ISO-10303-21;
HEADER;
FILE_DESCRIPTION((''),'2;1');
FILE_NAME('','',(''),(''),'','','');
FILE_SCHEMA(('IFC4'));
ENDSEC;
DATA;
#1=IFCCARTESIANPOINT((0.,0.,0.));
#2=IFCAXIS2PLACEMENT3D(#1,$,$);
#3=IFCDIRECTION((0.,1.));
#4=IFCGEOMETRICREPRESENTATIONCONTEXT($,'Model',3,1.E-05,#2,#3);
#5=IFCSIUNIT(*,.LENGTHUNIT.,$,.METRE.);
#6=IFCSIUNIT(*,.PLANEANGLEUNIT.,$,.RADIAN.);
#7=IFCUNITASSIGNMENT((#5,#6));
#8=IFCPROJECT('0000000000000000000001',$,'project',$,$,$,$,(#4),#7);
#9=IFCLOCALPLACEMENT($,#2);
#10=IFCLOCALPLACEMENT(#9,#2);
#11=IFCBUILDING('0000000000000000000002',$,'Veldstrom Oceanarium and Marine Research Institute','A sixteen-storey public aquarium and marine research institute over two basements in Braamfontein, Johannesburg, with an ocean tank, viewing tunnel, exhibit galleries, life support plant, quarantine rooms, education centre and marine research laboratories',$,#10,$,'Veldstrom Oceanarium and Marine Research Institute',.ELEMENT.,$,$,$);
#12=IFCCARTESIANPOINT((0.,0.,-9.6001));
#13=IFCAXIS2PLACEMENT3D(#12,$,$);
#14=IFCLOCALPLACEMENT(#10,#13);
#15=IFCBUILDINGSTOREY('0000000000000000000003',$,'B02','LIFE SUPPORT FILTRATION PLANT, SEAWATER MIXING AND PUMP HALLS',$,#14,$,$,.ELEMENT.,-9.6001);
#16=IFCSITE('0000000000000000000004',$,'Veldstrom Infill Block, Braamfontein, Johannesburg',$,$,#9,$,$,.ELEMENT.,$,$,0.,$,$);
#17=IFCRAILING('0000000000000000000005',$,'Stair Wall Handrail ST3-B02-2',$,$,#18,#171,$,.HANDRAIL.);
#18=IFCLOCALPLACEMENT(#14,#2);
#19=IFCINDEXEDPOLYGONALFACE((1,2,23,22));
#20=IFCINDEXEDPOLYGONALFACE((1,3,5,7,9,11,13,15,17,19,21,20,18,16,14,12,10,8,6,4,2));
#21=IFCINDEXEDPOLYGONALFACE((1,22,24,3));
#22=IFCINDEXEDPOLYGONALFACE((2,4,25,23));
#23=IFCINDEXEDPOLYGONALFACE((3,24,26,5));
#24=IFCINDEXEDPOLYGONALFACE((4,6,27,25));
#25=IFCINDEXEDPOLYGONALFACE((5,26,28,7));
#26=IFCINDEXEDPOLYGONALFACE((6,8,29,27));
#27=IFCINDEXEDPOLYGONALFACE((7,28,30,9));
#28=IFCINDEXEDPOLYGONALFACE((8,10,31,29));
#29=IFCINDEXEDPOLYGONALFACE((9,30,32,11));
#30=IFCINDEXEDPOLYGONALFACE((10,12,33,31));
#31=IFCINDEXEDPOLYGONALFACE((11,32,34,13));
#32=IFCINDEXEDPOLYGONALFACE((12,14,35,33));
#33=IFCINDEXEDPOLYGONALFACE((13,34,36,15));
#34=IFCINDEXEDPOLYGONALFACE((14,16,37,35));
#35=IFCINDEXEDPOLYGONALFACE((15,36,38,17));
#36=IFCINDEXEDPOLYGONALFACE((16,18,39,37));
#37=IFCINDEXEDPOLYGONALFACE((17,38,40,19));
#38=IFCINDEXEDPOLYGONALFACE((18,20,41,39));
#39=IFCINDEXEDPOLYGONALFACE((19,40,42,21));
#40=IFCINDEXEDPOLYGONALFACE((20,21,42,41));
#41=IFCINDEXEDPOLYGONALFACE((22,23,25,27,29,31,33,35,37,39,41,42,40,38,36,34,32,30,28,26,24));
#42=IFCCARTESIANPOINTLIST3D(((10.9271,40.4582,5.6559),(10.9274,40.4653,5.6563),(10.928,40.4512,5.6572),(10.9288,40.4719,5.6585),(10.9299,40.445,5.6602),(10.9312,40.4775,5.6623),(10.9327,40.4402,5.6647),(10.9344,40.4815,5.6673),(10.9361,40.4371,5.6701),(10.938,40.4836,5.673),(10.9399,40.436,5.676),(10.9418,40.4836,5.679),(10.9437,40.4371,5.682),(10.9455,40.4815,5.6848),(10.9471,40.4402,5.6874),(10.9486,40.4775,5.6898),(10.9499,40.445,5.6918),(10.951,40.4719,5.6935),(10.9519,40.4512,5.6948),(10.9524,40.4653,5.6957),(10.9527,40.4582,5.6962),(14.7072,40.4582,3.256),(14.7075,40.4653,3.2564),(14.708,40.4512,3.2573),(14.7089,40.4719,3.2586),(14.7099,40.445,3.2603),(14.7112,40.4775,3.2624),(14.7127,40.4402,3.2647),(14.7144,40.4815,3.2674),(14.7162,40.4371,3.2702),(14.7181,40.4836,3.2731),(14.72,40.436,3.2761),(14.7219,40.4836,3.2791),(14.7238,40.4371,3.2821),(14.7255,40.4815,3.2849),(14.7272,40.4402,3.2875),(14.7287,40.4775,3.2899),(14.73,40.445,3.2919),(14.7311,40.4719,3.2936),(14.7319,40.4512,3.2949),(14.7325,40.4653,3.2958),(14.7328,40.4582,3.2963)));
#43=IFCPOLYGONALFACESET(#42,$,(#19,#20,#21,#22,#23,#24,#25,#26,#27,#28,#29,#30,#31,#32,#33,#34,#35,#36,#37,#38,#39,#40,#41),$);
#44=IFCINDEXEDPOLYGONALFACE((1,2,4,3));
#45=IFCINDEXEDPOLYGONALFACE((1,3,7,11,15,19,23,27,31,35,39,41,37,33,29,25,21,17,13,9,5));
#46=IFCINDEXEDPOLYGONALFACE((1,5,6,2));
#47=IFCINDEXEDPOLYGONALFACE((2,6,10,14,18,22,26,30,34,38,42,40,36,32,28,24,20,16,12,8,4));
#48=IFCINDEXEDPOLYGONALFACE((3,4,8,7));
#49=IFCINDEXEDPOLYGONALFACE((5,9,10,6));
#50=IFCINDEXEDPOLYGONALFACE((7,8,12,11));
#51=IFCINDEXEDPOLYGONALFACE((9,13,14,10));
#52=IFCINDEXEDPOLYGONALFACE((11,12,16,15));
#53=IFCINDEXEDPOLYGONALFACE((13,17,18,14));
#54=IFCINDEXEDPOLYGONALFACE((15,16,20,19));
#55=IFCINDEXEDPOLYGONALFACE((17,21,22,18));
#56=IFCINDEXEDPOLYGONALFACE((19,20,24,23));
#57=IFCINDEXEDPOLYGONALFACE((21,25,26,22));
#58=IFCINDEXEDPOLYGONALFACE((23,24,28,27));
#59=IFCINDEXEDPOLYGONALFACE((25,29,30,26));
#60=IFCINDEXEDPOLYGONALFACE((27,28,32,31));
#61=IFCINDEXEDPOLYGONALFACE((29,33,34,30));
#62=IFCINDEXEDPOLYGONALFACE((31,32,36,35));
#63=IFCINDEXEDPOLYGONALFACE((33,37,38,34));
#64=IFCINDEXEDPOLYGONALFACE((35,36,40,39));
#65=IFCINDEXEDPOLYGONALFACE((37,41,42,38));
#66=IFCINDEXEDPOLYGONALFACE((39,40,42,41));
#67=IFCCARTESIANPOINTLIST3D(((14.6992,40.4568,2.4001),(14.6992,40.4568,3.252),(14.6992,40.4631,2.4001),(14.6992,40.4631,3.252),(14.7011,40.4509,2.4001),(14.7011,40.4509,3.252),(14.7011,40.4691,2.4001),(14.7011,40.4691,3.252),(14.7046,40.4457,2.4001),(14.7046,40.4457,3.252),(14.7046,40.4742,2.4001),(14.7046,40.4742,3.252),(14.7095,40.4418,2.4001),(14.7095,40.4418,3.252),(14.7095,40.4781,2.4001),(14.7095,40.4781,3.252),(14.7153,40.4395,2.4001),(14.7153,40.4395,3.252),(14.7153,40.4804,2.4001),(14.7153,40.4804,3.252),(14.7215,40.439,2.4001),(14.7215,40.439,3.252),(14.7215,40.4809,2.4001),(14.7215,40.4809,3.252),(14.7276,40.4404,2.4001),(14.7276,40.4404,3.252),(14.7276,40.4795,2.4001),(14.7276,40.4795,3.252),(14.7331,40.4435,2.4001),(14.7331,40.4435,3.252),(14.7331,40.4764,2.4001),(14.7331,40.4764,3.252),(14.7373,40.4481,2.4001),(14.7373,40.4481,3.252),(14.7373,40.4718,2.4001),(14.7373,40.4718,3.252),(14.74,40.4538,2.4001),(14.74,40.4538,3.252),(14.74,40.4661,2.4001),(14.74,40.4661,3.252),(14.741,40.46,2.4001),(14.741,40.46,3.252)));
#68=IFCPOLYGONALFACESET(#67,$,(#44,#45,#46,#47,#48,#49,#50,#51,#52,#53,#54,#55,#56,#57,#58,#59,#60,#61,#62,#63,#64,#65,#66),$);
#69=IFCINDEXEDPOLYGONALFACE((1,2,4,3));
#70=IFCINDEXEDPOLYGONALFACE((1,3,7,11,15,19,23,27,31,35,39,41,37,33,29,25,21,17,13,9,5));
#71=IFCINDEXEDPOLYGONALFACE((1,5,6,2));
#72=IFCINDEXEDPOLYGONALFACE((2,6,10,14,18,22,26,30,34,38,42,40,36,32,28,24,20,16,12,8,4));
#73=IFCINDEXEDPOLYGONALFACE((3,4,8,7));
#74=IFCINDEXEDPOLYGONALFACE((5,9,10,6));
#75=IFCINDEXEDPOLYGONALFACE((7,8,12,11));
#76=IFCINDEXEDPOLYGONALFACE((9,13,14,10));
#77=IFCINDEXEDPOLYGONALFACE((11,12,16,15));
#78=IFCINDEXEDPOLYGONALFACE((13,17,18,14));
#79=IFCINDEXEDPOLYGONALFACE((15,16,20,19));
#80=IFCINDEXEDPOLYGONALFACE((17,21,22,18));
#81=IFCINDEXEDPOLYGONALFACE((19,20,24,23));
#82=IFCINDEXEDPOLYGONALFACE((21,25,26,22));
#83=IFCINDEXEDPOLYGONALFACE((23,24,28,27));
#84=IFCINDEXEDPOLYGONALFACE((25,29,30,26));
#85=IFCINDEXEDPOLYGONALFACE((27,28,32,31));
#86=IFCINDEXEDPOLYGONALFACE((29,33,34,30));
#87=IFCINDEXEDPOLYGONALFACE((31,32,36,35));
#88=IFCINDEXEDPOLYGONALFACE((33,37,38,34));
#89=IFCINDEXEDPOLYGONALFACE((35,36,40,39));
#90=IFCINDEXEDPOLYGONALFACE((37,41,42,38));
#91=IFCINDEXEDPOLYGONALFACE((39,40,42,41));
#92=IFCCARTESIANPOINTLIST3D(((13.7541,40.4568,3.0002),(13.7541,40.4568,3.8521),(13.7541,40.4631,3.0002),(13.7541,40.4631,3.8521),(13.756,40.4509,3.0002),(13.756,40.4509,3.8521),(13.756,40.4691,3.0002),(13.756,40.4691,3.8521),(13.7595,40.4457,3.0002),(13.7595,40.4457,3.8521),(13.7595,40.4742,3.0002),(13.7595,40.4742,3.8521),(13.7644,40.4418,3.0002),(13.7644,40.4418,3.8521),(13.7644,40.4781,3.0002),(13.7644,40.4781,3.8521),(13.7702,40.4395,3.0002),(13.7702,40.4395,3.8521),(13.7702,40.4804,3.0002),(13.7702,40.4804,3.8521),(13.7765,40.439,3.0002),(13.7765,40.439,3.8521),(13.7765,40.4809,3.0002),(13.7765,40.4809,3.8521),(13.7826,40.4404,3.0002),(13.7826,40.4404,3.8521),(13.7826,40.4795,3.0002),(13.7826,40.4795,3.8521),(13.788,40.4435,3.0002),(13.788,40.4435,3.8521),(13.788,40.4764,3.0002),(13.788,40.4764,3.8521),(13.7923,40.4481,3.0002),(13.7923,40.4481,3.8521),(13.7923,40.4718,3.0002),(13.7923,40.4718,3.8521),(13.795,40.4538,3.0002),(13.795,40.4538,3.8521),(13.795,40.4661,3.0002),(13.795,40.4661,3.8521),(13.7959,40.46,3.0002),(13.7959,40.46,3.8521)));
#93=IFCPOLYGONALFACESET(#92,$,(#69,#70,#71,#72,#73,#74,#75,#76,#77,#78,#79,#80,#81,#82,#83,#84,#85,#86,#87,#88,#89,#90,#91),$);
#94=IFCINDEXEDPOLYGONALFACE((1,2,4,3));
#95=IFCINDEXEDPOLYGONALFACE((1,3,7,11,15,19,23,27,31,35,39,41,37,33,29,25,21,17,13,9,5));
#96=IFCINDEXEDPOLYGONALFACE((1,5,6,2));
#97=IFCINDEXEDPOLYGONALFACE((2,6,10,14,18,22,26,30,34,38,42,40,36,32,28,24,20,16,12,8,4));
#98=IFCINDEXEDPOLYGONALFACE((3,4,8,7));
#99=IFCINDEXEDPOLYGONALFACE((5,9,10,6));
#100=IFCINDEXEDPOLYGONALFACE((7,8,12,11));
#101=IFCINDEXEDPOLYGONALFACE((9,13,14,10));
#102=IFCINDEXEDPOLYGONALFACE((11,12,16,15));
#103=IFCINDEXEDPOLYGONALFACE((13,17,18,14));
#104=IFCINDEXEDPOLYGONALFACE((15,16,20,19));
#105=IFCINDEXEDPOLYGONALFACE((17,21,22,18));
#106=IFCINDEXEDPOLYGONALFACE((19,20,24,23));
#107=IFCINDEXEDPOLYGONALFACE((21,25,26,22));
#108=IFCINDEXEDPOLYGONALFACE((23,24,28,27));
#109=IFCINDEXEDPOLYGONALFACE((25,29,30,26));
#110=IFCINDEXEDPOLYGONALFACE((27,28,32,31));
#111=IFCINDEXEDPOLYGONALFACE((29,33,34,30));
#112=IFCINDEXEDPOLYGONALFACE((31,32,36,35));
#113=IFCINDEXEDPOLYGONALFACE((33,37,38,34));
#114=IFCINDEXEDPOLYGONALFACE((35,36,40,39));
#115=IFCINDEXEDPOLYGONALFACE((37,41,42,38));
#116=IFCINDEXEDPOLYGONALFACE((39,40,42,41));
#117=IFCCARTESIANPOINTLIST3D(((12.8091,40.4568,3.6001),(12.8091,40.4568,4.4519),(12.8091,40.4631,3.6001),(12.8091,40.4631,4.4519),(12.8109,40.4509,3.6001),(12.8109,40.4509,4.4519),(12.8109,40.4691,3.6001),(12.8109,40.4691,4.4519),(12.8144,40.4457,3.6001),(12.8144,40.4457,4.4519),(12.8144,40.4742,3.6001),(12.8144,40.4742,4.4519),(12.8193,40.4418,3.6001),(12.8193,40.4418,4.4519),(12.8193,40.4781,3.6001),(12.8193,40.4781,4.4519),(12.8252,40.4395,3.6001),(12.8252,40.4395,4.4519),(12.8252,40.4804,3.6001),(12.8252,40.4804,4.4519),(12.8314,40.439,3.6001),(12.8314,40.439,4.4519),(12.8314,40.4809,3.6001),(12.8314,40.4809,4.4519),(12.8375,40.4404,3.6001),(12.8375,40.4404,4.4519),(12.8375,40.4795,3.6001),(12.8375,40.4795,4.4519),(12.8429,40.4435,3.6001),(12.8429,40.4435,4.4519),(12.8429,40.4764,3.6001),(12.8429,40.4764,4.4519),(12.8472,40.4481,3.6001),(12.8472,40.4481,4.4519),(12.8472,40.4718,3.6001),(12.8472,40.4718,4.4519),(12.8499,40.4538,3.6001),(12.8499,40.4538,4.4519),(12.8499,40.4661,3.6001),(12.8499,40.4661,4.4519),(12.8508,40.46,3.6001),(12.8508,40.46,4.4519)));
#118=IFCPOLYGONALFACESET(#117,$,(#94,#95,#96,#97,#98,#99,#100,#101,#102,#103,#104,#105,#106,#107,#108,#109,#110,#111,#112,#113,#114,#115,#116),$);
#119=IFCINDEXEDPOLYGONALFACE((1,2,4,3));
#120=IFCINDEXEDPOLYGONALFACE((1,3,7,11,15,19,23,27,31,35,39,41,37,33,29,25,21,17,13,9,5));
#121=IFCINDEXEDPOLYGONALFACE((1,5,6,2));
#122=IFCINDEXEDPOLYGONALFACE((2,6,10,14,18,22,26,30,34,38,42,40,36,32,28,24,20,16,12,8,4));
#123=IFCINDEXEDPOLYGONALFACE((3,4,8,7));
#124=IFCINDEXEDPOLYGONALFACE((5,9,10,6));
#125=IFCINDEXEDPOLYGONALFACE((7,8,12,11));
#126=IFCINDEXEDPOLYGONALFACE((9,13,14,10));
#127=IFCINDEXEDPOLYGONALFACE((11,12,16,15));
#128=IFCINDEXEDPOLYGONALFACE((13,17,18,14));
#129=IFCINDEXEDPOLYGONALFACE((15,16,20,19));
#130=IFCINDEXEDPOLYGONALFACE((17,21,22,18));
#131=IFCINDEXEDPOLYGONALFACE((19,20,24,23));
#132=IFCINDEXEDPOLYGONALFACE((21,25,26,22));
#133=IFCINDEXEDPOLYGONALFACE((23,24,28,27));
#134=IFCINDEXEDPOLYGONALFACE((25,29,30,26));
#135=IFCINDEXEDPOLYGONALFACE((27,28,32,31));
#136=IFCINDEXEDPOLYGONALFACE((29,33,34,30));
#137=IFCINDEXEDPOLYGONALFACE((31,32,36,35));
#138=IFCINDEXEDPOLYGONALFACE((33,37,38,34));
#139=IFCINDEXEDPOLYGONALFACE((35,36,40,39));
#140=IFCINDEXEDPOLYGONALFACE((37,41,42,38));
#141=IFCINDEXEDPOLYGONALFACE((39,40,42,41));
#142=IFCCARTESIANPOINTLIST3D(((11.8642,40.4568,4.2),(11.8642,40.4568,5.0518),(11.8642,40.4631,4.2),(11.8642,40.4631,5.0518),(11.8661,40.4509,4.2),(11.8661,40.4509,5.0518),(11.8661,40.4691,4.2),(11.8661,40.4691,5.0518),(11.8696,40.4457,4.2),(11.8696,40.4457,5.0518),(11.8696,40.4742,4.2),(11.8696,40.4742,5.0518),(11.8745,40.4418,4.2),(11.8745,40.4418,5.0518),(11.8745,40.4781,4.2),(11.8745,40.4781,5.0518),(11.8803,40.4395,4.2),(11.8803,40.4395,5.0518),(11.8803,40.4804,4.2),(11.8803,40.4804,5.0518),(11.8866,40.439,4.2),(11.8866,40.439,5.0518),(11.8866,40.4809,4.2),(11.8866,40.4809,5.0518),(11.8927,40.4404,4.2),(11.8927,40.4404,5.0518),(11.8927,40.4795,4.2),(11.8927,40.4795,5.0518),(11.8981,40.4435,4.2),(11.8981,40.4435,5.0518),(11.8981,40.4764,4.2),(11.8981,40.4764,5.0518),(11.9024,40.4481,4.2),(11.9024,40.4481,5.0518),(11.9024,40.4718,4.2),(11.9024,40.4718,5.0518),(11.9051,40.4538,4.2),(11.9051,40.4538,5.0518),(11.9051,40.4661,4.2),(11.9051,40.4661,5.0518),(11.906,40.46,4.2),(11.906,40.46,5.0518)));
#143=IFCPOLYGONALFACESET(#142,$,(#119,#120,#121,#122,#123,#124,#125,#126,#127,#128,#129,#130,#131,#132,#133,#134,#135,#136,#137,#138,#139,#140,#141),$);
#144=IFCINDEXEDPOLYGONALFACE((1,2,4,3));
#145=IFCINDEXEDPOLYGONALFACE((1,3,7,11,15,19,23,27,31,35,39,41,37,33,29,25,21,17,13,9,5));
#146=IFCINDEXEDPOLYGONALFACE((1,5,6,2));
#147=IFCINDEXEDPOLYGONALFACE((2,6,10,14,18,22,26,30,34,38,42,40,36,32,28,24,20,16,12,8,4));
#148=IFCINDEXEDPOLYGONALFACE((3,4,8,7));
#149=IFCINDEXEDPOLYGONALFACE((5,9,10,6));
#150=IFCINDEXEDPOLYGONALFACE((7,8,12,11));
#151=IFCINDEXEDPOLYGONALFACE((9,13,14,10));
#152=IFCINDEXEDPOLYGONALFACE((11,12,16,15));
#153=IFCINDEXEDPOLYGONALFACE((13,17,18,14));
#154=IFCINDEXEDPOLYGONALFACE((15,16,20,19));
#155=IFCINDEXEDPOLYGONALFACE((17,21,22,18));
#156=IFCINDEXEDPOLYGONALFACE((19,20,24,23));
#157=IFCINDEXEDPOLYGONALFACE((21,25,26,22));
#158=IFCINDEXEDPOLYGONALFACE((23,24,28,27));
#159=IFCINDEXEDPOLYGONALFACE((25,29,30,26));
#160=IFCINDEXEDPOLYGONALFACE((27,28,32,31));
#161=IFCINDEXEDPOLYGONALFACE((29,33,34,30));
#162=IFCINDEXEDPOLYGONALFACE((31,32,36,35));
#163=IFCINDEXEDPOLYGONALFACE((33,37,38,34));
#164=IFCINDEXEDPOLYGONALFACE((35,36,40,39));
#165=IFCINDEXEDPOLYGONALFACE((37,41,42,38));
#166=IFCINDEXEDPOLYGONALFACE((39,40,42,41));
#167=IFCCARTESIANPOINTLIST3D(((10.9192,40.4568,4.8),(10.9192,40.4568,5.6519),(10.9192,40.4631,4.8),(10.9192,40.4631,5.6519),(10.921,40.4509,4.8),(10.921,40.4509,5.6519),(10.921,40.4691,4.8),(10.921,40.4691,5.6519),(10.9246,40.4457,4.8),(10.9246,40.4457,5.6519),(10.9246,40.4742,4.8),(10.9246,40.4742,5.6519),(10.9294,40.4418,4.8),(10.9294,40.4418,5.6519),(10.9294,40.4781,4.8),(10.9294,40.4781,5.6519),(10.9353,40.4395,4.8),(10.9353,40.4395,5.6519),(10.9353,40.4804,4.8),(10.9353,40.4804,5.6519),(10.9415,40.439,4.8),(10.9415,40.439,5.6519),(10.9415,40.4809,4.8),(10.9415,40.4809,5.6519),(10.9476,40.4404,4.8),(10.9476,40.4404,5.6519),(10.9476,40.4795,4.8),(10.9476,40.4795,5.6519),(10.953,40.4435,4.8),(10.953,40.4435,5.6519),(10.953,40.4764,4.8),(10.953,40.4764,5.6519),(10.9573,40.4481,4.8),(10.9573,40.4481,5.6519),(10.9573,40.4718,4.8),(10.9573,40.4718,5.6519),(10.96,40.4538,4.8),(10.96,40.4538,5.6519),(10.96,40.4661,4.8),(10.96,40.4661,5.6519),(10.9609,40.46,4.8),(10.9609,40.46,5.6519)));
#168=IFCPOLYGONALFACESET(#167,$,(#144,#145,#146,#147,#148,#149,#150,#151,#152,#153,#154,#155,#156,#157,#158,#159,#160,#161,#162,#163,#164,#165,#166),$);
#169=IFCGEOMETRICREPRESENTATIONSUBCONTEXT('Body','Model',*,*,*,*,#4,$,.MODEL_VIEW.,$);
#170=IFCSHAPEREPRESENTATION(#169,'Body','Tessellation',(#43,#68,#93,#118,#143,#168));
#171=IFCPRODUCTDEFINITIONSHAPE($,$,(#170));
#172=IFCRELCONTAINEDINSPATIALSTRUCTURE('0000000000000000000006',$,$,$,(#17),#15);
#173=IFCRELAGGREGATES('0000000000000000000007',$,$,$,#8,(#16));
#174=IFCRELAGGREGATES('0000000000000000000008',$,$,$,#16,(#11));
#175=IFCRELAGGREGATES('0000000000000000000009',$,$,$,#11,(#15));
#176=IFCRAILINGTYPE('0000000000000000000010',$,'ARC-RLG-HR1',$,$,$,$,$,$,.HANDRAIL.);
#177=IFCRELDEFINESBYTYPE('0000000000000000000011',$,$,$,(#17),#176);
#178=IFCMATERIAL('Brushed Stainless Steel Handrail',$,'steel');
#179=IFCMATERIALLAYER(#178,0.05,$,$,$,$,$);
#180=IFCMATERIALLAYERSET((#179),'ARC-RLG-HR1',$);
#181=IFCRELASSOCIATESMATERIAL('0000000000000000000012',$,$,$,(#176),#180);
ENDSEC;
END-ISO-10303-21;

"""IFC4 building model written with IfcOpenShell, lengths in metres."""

from ifc_helpers import new_model, si_unit, direction, frame, origin, origin_2d, place, context, subcontext, project, spatial, circle, extrude, material, layer, layer_set, type_object, element, save


model = new_model("IFC4")

# Units and contexts
model_context = context("Model", 3, precision=1e-05, world=origin(), true_north=direction((0.0, 1.0)))
body_context = subcontext(model_context, "Body", "Model", "MODEL_VIEW")
ifc_project = project(units=[si_unit("LENGTHUNIT", "METRE"), si_unit("PLANEANGLEUNIT", "RADIAN")], contexts=[model_context])

# Site, building, storey
site_placement = place(None, origin())
site = spatial("IfcSite", under=ifc_project, at=site_placement, Name="Veldstrom Infill Block, Braamfontein, Johannesburg", CompositionType="ELEMENT", RefElevation=0.0)
building_placement = place(site_placement, origin())
building = spatial("IfcBuilding", under=site, at=building_placement, Name="Veldstrom Oceanarium and Marine Research Institute", Description="A sixteen-storey public aquarium and marine research institute over two basements in Braamfontein, Johannesburg, with an ocean tank, viewing tunnel, exhibit galleries, life support plant, quarantine rooms, education centre and marine research laboratories", LongName="Veldstrom Oceanarium and Marine Research Institute", CompositionType="ELEMENT")
storey_placement = place(building_placement, frame((0.0, 0.0, -9.6001)))
storey = spatial("IfcBuildingStorey", under=building, at=storey_placement, Name="B02", Description="LIFE SUPPORT FILTRATION PLANT, SEAWATER MIXING AND PUMP HALLS", CompositionType="ELEMENT", Elevation=-9.6001)

# Railing
ifc_material_1 = material(Name="Brushed Stainless Steel Handrail", Category="steel")
ifc_layer_1 = layer(ifc_material_1, 0.05)
ifc_layer_set_1 = layer_set([ifc_layer_1], Name="ARC-RLG-HR1")
railing_type_1 = type_object("IfcRailingType", Name="ARC-RLG-HR1", PredefinedType="HANDRAIL", material=ifc_layer_set_1)
railing_1_placement = place(storey_placement, frame((14.72, 40.46, 2.4001)))
element("IfcRailing", 1, at=railing_1_placement, inside=storey, type_object=railing_type_1, Name="Stair Wall Handrail ST3-B02-2", PredefinedType="HANDRAIL", context=body_context, shape_type="SweptSolid", body=[
    extrude(circle(Radius=0.0239, at=origin_2d()), frame((0.0, 0.0, 0.876), z_axis=(-0.844225, 0.0, 0.53599), x_axis=(0.0, -1.0, 0.0)), (0.0, 0.0, 1.0), 4.4775),
    extrude(circle(Radius=0.021, at=origin_2d()), origin(), (0.0, 0.0, 1.0), 0.8518),
    extrude(circle(Radius=0.021, at=origin_2d()), frame((-0.9451, 0.0, 0.6001)), (0.0, 0.0, 1.0), 0.8518),
    extrude(circle(Radius=0.021, at=origin_2d()), frame((-1.8901, 0.0, 1.2)), (0.0, 0.0, 1.0), 0.8518),
    extrude(circle(Radius=0.021, at=origin_2d()), frame((-2.835, 0.0, 1.7998)), (0.0, 0.0, 1.0), 0.8518),
    extrude(circle(Radius=0.021, at=origin_2d()), frame((-3.78, 0.0, 2.3999)), (0.0, 0.0, 1.0), 0.8518),
])

save(model, "model.ifc")
